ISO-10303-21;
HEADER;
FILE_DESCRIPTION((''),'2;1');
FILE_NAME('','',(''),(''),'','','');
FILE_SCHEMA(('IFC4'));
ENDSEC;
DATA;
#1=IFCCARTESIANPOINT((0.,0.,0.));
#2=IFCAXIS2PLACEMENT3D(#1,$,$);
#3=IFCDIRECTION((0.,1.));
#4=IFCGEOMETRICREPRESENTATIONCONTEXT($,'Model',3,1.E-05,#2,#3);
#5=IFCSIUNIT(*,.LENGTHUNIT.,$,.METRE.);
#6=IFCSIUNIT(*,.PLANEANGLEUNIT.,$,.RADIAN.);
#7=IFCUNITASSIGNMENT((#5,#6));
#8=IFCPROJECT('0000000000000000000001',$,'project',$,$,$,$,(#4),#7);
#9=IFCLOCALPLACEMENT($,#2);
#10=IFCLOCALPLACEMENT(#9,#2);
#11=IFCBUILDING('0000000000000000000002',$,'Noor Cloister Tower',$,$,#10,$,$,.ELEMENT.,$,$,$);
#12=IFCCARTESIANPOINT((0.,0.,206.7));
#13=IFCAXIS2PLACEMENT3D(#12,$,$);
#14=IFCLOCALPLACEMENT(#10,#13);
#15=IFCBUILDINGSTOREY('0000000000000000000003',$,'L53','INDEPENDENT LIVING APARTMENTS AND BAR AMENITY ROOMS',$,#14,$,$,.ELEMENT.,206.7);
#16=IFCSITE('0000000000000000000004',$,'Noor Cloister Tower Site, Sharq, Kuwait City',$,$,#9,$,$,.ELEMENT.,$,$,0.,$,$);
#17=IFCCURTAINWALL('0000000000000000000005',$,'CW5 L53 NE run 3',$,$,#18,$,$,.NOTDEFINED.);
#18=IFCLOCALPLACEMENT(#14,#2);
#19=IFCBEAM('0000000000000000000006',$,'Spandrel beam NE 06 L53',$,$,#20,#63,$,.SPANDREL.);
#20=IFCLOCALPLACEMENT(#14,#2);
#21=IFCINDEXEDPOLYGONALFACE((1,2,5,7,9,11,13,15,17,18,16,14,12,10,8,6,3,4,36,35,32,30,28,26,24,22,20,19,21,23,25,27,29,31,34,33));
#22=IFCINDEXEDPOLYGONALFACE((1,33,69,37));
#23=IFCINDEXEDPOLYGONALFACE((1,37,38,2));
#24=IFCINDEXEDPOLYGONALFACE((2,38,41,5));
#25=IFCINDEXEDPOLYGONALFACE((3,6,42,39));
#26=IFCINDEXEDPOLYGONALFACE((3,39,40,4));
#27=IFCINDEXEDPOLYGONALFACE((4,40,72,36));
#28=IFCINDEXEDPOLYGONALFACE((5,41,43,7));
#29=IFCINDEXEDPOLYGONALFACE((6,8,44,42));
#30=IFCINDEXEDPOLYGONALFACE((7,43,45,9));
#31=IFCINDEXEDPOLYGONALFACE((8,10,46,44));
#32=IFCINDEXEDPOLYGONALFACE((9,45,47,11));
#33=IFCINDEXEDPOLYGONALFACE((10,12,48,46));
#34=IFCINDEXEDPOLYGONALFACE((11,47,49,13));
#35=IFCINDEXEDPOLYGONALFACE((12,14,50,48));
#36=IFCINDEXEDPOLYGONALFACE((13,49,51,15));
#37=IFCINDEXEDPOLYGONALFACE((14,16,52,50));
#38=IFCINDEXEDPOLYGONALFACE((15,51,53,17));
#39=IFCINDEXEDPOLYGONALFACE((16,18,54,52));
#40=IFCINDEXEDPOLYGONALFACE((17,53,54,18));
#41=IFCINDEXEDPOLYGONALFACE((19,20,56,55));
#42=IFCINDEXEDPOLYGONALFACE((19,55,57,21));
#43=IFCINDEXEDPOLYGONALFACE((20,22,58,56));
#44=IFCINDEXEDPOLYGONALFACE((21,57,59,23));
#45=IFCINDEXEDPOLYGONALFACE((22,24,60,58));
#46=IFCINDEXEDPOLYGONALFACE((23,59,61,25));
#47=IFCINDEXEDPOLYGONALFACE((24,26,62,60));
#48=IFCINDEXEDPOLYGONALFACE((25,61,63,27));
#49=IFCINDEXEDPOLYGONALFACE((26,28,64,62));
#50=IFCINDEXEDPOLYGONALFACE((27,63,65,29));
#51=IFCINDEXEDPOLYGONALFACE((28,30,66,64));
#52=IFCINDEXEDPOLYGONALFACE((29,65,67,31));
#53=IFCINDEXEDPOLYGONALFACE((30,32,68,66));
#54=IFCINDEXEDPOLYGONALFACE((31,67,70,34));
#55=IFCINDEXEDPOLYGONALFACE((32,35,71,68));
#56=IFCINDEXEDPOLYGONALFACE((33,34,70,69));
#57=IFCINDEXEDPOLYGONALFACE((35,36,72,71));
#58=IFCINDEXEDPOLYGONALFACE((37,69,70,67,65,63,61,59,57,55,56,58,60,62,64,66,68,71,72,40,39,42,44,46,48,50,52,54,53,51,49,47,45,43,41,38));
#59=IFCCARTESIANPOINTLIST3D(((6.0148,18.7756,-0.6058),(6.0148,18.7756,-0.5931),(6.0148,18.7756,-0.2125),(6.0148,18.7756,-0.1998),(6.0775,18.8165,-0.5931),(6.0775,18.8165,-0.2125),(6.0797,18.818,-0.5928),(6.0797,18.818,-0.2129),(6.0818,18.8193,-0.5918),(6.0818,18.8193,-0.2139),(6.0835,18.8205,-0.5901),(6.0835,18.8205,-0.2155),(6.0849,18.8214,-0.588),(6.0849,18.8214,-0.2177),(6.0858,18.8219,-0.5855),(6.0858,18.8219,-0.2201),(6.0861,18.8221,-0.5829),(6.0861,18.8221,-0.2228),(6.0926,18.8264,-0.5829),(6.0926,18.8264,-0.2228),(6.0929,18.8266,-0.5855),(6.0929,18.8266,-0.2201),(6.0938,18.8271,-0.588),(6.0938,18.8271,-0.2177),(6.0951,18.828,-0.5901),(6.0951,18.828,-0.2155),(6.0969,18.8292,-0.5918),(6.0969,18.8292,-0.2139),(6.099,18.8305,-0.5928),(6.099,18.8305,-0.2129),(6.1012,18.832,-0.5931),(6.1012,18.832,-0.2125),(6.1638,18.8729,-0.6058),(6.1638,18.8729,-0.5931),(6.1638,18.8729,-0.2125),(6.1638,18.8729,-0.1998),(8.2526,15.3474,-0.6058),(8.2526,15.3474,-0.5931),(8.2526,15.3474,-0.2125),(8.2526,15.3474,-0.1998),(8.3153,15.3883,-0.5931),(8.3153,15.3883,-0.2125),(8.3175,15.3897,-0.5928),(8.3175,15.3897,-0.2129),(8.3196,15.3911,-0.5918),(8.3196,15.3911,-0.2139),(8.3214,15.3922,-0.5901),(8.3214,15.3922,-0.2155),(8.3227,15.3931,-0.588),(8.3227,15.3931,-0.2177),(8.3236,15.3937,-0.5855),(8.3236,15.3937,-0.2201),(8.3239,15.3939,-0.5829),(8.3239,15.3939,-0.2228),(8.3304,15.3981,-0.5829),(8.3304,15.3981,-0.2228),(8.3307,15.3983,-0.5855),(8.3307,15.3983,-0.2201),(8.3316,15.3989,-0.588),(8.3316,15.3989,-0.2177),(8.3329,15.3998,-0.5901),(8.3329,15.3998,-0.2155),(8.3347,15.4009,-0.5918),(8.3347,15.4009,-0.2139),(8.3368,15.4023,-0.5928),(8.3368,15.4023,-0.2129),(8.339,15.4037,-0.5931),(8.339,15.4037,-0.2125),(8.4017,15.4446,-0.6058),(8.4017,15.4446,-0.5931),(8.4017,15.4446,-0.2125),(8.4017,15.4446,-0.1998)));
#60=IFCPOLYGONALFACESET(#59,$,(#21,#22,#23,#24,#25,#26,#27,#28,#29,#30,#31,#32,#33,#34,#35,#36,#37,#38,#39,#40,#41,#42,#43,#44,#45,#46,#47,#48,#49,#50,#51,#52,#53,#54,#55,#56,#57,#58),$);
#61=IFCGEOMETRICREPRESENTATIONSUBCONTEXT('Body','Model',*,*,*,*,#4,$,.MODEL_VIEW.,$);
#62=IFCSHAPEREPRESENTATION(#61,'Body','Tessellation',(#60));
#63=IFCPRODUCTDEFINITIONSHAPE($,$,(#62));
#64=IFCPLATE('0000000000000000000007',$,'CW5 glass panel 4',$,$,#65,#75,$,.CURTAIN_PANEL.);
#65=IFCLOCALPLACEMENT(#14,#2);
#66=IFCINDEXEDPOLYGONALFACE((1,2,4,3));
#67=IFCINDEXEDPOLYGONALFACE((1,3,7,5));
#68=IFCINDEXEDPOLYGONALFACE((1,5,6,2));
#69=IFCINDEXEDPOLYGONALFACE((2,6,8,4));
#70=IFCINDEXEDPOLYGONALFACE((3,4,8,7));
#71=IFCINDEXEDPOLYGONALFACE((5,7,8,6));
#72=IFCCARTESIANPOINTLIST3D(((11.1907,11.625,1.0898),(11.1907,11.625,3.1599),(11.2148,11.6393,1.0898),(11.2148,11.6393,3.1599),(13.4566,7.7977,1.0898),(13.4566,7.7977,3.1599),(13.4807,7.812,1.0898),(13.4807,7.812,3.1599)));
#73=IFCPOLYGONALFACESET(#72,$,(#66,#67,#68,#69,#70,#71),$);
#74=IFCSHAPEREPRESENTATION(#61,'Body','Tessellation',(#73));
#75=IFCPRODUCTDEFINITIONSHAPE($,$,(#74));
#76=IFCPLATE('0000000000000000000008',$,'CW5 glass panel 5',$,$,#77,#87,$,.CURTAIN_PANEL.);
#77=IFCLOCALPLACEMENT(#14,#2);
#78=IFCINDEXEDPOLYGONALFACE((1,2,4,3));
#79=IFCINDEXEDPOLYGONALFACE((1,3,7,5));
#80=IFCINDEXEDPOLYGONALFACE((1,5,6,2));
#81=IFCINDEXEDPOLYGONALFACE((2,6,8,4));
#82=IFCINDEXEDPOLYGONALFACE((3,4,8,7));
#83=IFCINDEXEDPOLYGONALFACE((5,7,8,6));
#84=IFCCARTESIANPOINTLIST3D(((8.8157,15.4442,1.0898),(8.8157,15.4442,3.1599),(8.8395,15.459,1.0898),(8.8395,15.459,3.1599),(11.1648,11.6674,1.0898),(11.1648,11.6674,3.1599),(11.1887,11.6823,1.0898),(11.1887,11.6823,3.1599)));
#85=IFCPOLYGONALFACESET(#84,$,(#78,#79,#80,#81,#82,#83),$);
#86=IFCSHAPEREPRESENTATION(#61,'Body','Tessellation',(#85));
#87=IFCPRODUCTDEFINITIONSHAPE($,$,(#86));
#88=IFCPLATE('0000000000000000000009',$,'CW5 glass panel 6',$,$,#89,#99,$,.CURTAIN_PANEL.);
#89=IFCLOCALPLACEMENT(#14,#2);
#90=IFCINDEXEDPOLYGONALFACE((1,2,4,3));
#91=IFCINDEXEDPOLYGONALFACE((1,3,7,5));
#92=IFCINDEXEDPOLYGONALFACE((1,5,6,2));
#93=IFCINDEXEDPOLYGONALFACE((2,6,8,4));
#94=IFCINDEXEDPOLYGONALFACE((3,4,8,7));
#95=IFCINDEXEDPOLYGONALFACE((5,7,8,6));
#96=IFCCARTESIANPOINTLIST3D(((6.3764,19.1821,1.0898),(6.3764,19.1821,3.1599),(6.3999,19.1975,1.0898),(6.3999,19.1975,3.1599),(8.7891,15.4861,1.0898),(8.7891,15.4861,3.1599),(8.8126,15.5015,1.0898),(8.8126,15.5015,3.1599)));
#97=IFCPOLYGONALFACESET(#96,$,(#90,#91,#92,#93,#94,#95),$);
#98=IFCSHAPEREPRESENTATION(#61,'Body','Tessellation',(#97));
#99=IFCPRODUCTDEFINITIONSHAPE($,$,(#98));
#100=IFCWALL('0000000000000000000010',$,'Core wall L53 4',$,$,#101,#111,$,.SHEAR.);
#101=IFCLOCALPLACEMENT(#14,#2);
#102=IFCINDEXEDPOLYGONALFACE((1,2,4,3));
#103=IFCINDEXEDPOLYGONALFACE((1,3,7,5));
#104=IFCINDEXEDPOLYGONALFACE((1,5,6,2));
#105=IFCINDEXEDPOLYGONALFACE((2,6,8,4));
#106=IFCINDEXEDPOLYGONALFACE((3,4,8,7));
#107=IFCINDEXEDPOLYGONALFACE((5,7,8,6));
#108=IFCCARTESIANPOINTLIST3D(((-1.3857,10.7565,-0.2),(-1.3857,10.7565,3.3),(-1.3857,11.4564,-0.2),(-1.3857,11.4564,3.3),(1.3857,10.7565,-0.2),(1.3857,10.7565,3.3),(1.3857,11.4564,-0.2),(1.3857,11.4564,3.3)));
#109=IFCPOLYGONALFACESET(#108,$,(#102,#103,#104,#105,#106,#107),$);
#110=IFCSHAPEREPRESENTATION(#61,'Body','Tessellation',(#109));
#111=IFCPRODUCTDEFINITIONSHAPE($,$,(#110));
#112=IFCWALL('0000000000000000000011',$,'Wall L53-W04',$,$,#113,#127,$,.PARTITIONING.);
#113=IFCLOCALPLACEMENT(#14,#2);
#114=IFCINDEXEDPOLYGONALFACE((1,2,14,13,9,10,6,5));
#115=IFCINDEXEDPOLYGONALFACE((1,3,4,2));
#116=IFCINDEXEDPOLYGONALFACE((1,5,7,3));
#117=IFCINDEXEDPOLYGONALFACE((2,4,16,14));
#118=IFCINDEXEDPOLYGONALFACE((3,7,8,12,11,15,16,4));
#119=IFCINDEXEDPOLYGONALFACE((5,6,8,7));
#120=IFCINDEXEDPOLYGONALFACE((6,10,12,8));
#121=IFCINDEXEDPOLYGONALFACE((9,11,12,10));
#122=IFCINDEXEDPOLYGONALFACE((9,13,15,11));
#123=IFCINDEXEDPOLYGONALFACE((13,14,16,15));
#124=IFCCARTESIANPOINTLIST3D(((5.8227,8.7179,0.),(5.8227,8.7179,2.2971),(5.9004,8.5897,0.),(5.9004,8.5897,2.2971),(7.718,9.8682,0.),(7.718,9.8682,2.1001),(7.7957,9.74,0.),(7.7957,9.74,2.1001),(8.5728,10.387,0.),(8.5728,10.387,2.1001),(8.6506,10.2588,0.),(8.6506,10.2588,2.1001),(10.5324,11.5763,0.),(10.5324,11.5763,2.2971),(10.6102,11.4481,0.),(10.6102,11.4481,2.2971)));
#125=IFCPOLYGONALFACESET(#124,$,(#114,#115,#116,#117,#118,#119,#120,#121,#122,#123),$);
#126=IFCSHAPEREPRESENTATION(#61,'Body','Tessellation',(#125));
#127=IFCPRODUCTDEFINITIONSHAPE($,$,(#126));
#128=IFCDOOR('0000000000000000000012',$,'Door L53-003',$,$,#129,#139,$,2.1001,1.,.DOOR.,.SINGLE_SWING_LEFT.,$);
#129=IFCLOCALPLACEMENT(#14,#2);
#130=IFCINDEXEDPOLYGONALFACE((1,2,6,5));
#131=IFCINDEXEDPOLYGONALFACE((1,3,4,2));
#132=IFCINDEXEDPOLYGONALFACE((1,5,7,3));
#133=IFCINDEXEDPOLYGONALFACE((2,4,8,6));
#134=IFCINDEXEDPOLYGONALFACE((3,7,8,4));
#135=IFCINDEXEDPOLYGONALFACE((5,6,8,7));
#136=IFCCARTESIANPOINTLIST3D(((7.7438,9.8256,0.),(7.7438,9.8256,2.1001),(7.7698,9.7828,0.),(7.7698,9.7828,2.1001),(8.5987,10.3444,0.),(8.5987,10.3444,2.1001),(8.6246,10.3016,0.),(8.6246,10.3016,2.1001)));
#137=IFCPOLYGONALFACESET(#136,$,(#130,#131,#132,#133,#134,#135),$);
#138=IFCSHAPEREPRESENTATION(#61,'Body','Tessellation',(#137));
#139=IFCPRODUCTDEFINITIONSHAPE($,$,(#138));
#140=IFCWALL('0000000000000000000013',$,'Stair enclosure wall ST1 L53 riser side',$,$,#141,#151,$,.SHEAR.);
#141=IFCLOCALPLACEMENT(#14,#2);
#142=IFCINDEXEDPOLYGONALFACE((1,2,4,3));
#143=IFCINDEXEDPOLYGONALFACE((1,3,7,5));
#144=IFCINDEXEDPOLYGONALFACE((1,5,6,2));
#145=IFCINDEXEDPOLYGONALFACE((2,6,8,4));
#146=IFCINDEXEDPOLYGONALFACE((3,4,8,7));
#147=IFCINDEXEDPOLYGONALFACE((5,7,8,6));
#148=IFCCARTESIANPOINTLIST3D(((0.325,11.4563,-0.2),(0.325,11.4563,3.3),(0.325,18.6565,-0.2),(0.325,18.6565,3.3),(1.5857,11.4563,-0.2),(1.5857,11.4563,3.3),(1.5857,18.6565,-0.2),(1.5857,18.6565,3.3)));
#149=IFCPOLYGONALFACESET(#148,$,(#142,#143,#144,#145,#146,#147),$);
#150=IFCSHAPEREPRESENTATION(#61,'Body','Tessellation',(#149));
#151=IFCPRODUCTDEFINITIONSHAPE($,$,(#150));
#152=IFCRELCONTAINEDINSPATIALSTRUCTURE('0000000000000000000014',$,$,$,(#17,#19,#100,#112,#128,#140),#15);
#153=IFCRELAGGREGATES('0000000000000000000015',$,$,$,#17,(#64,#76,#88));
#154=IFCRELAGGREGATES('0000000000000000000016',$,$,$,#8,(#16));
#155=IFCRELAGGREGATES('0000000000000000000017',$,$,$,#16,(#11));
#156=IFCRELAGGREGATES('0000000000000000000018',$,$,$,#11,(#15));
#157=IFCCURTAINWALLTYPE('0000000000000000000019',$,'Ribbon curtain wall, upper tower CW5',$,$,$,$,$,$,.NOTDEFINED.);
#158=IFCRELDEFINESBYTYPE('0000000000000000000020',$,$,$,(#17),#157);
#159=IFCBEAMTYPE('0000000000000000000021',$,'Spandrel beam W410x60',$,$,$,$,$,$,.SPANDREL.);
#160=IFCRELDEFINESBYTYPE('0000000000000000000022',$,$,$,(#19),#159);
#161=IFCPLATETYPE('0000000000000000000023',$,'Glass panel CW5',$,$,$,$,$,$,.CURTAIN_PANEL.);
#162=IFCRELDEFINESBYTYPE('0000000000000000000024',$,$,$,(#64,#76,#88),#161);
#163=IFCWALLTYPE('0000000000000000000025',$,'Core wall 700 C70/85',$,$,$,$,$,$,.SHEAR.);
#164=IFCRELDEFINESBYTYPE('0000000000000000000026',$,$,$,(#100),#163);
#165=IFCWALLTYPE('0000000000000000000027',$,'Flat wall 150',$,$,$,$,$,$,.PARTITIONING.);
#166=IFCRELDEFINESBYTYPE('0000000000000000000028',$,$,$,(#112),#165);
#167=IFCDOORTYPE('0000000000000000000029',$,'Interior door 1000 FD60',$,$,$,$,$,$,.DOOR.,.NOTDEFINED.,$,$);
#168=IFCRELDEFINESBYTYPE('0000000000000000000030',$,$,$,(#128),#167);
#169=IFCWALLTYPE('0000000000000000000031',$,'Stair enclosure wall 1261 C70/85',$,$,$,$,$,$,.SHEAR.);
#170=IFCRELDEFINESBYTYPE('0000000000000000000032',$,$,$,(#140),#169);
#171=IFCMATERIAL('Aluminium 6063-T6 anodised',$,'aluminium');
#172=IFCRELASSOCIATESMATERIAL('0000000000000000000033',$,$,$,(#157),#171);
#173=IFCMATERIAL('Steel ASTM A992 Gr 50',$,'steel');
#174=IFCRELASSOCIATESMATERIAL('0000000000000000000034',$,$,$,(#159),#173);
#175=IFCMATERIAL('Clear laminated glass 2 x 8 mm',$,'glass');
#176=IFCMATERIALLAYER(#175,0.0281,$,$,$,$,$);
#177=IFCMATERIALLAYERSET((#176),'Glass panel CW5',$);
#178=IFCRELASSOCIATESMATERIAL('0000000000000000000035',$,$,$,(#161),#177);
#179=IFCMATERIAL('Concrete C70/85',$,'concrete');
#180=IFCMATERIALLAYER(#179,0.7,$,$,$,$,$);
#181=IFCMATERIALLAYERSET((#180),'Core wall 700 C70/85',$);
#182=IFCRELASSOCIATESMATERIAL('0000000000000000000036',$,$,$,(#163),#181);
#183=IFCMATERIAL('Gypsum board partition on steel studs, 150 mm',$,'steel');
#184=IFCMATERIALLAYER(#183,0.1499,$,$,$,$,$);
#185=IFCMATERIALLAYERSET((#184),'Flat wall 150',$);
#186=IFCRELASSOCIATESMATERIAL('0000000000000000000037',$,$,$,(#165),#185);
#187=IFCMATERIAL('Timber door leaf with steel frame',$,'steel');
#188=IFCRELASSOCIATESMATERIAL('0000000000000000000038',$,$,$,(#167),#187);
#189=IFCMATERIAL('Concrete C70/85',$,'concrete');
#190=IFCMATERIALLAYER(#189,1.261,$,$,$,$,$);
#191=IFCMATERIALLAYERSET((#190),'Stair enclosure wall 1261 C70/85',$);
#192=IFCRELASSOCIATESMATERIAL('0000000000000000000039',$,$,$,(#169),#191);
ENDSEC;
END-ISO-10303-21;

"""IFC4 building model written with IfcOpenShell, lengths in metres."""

from ifc_helpers import new_model, si_unit, direction, frame, frame_2d, origin, origin_2d, place, context, subcontext, project, spatial, rectangle, i_section, extrude, material, layer, layer_set, material_profile, profile_set, type_object, element, fill, aggregate, save


model = new_model("IFC4")

# Units and contexts
model_context = context("Model", 3, precision=1e-05, world=origin(), true_north=direction((0.0, 1.0)))
body_context = subcontext(model_context, "Body", "Model", "MODEL_VIEW")
ifc_project = project(units=[si_unit("LENGTHUNIT", "METRE"), si_unit("PLANEANGLEUNIT", "RADIAN")], contexts=[model_context])

# Site, building, storey
site_placement = place(None, origin())
site = spatial("IfcSite", under=ifc_project, at=site_placement, Name="Noor Cloister Tower Site, Sharq, Kuwait City", CompositionType="ELEMENT", RefElevation=0.0)
building_placement = place(site_placement, origin())
building = spatial("IfcBuilding", under=site, at=building_placement, Name="Noor Cloister Tower", CompositionType="ELEMENT")
storey_placement = place(building_placement, frame((0.0, 0.0, 206.7)))
storey = spatial("IfcBuildingStorey", under=building, at=storey_placement, Name="L53", Description="INDEPENDENT LIVING APARTMENTS AND BAR AMENITY ROOMS", CompositionType="ELEMENT", Elevation=206.7)

# Curtain wall
ifc_material_1 = material(Name="Aluminium 6063-T6 anodised", Category="aluminium")
curtain_wall_type = type_object("IfcCurtainWallType", Name="Ribbon curtain wall, upper tower CW5", PredefinedType="NOTDEFINED", material=ifc_material_1)
curtain_wall_placement = place(storey_placement, origin())
curtain_wall = element("IfcCurtainWall", 1, at=curtain_wall_placement, inside=storey, type_object=curtain_wall_type, Name="CW5 L53 NE run 3", PredefinedType="NOTDEFINED")

# Beam
ifc_material_2 = material(Name="Steel ASTM A992 Gr 50", Category="steel")
ifc_material_profile_1 = material_profile(ifc_material_2, i_section(OverallWidth=0.178, OverallDepth=0.406, WebThickness=0.0078, FlangeThickness=0.0127, FilletRadius=0.0103, at=origin_2d()), Name="W410x60")
ifc_profile_set_1 = profile_set([ifc_material_profile_1], Name="Steel ASTM A992 Gr 50")
beam_type_1 = type_object("IfcBeamType", Name="Spandrel beam W410x60", PredefinedType="SPANDREL", material=ifc_profile_set_1)
beam_1_placement = place(storey_placement, frame((8.3271, 15.396, -0.4028), z_axis=(-0.54661, 0.837387, 0.0), x_axis=(-0.837387, -0.54661, 0.0)))
element("IfcBeam", 2, at=beam_1_placement, inside=storey, type_object=beam_type_1, Name="Spandrel beam NE 06 L53", PredefinedType="SPANDREL", context=body_context, shape_type="SweptSolid", body=[
    extrude(i_section(OverallWidth=0.178, OverallDepth=0.406, WebThickness=0.0078, FlangeThickness=0.0127, FilletRadius=0.0103, at=origin_2d()), origin(), (0.0, 0.0, 1.0), 4.094),
])

# Plates
ifc_material_3 = material(Name="Clear laminated glass 2 x 8 mm", Category="glass")
ifc_layer_1 = layer(ifc_material_3, 0.0281)
ifc_layer_set_1 = layer_set([ifc_layer_1], Name="Glass panel CW5")
plate_type = type_object("IfcPlateType", Name="Glass panel CW5", PredefinedType="CURTAIN_PANEL", material=ifc_layer_set_1)
plate_1_placement = place(storey_placement, frame((12.3357, 9.7185, 1.0898), z_axis=(0.0, 0.0, 1.0), x_axis=(-0.509449, 0.860501, 0.0)))
plate_1 = element("IfcPlate", 3, at=plate_1_placement, type_object=plate_type, Name="CW5 glass panel 4", PredefinedType="CURTAIN_PANEL", context=body_context, shape_type="SweptSolid", body=[
    extrude(rectangle(XDim=4.4478, YDim=0.0281, at=origin_2d()), origin(), (0.0, 0.0, 1.0), 2.0701),
])
plate_2_placement = place(storey_placement, frame((10.0022, 13.5632, 1.0898), z_axis=(0.0, 0.0, 1.0), x_axis=(-0.528163, 0.849143, 0.0)))
plate_2 = element("IfcPlate", 4, at=plate_2_placement, type_object=plate_type, Name="CW5 glass panel 5", PredefinedType="CURTAIN_PANEL", context=body_context, shape_type="SweptSolid", body=[
    extrude(rectangle(XDim=4.4478, YDim=0.0281, at=origin_2d()), origin(), (0.0, 0.0, 1.0), 2.0701),
])
plate_3_placement = place(storey_placement, frame((7.5945, 17.3418, 1.0898), z_axis=(0.0, 0.0, 1.0), x_axis=(-0.546624, 0.837378, 0.0)))
plate_3 = element("IfcPlate", 5, at=plate_3_placement, type_object=plate_type, Name="CW5 glass panel 6", PredefinedType="CURTAIN_PANEL", context=body_context, shape_type="SweptSolid", body=[
    extrude(rectangle(XDim=4.4138, YDim=0.0281, at=origin_2d()), origin(), (0.0, 0.0, 1.0), 2.0701),
])
aggregate(curtain_wall, [plate_1, plate_2, plate_3])

# Wall
ifc_material_4 = material(Name="Concrete C70/85", Category="concrete")
ifc_layer_2 = layer(ifc_material_4, 0.7)
ifc_layer_set_2 = layer_set([ifc_layer_2], Name="Core wall 700 C70/85")
wall_type_1 = type_object("IfcWallType", Name="Core wall 700 C70/85", PredefinedType="SHEAR", material=ifc_layer_set_2)
wall_1_placement = place(storey_placement, frame((1.3857, 11.1064, -0.2), z_axis=(0.0, 0.0, 1.0), x_axis=(-1.0, 0.0, 0.0)))
element("IfcWall", 6, at=wall_1_placement, inside=storey, type_object=wall_type_1, Name="Core wall L53 4", PredefinedType="SHEAR", context=body_context, shape_type="SweptSolid", body=[
    extrude(rectangle(XDim=2.7715, YDim=0.7, at=frame_2d((1.3857, 0.0))), origin(), (0.0, 0.0, 1.0), 3.5),
])

# Wall, opening, door
ifc_material_5 = material(Name="Gypsum board partition on steel studs, 150 mm", Category="steel")
ifc_layer_3 = layer(ifc_material_5, 0.1499)
ifc_layer_set_3 = layer_set([ifc_layer_3], Name="Flat wall 150")
wall_type_2 = type_object("IfcWallType", Name="Flat wall 150", PredefinedType="PARTITIONING", material=ifc_layer_set_3)
wall_2_placement = place(storey_placement, frame((10.5713, 11.5122, 0.0), z_axis=(0.0, 0.0, 1.0), x_axis=(-0.854874, -0.518836, 0.0)))
wall_2 = element("IfcWall", 7, at=wall_2_placement, inside=storey, type_object=wall_type_2, Name="Wall L53-W04", PredefinedType="PARTITIONING", context=body_context, shape_type="SweptSolid", body=[
    extrude(rectangle(XDim=5.5093, YDim=0.1499, at=frame_2d((2.7546, 0.0))), origin(), (0.0, 0.0, 1.0), 2.2971),
])
opening_1_placement = place(wall_2_placement, frame((2.2922, 0.0, 0.0)))
opening_1 = element("IfcOpeningElement", 8, at=opening_1_placement, cuts=wall_2, PredefinedType="OPENING", context=body_context, shape_type="SweptSolid", body=[
    extrude(rectangle(XDim=1.0, YDim=2.1001, at=frame_2d((0.5, 1.05))), frame((0.0, 0.085, 0.0), z_axis=(0.0, -1.0, 0.0), x_axis=(1.0, 0.0, 0.0)), (0.0, 0.0, 1.0), 0.1699),
])
ifc_material_6 = material(Name="Timber door leaf with steel frame", Category="steel")
door_type_1 = type_object("IfcDoorType", Name="Interior door 1000 FD60", OperationType="NOTDEFINED", PredefinedType="DOOR", material=ifc_material_6)
door_1_placement = place(opening_1_placement, origin())
door_1 = element("IfcDoor", 9, at=door_1_placement, inside=storey, type_object=door_type_1, Name="Door L53-003", OperationType="SINGLE_SWING_LEFT", OverallHeight=2.1001, OverallWidth=1.0, PredefinedType="DOOR", context=body_context, shape_type="SweptSolid", body=[
    extrude(rectangle(XDim=1.0, YDim=2.1001, at=frame_2d((0.5, 1.05))), frame((0.0, 0.0249, 0.0), z_axis=(0.0, -1.0, 0.0), x_axis=(1.0, 0.0, 0.0)), (0.0, 0.0, 1.0), 0.05),
])
fill(opening_1, door_1)

# Wall
ifc_material_7 = material(Name="Concrete C70/85", Category="concrete")
ifc_layer_4 = layer(ifc_material_7, 1.261)
ifc_layer_set_4 = layer_set([ifc_layer_4], Name="Stair enclosure wall 1261 C70/85")
wall_type_3 = type_object("IfcWallType", Name="Stair enclosure wall 1261 C70/85", PredefinedType="SHEAR", material=ifc_layer_set_4)
wall_3_placement = place(storey_placement, frame((0.9553, 11.4563, -0.2), z_axis=(0.0, 0.0, 1.0), x_axis=(0.0, 1.0, 0.0)))
element("IfcWall", 10, at=wall_3_placement, inside=storey, type_object=wall_type_3, Name="Stair enclosure wall ST1 L53 riser side", PredefinedType="SHEAR", context=body_context, shape_type="SweptSolid", body=[
    extrude(rectangle(XDim=7.2002, YDim=1.2607, at=frame_2d((3.6001, 0.0))), origin(), (0.0, 0.0, 1.0), 3.5),
])

save(model, "model.ifc")
